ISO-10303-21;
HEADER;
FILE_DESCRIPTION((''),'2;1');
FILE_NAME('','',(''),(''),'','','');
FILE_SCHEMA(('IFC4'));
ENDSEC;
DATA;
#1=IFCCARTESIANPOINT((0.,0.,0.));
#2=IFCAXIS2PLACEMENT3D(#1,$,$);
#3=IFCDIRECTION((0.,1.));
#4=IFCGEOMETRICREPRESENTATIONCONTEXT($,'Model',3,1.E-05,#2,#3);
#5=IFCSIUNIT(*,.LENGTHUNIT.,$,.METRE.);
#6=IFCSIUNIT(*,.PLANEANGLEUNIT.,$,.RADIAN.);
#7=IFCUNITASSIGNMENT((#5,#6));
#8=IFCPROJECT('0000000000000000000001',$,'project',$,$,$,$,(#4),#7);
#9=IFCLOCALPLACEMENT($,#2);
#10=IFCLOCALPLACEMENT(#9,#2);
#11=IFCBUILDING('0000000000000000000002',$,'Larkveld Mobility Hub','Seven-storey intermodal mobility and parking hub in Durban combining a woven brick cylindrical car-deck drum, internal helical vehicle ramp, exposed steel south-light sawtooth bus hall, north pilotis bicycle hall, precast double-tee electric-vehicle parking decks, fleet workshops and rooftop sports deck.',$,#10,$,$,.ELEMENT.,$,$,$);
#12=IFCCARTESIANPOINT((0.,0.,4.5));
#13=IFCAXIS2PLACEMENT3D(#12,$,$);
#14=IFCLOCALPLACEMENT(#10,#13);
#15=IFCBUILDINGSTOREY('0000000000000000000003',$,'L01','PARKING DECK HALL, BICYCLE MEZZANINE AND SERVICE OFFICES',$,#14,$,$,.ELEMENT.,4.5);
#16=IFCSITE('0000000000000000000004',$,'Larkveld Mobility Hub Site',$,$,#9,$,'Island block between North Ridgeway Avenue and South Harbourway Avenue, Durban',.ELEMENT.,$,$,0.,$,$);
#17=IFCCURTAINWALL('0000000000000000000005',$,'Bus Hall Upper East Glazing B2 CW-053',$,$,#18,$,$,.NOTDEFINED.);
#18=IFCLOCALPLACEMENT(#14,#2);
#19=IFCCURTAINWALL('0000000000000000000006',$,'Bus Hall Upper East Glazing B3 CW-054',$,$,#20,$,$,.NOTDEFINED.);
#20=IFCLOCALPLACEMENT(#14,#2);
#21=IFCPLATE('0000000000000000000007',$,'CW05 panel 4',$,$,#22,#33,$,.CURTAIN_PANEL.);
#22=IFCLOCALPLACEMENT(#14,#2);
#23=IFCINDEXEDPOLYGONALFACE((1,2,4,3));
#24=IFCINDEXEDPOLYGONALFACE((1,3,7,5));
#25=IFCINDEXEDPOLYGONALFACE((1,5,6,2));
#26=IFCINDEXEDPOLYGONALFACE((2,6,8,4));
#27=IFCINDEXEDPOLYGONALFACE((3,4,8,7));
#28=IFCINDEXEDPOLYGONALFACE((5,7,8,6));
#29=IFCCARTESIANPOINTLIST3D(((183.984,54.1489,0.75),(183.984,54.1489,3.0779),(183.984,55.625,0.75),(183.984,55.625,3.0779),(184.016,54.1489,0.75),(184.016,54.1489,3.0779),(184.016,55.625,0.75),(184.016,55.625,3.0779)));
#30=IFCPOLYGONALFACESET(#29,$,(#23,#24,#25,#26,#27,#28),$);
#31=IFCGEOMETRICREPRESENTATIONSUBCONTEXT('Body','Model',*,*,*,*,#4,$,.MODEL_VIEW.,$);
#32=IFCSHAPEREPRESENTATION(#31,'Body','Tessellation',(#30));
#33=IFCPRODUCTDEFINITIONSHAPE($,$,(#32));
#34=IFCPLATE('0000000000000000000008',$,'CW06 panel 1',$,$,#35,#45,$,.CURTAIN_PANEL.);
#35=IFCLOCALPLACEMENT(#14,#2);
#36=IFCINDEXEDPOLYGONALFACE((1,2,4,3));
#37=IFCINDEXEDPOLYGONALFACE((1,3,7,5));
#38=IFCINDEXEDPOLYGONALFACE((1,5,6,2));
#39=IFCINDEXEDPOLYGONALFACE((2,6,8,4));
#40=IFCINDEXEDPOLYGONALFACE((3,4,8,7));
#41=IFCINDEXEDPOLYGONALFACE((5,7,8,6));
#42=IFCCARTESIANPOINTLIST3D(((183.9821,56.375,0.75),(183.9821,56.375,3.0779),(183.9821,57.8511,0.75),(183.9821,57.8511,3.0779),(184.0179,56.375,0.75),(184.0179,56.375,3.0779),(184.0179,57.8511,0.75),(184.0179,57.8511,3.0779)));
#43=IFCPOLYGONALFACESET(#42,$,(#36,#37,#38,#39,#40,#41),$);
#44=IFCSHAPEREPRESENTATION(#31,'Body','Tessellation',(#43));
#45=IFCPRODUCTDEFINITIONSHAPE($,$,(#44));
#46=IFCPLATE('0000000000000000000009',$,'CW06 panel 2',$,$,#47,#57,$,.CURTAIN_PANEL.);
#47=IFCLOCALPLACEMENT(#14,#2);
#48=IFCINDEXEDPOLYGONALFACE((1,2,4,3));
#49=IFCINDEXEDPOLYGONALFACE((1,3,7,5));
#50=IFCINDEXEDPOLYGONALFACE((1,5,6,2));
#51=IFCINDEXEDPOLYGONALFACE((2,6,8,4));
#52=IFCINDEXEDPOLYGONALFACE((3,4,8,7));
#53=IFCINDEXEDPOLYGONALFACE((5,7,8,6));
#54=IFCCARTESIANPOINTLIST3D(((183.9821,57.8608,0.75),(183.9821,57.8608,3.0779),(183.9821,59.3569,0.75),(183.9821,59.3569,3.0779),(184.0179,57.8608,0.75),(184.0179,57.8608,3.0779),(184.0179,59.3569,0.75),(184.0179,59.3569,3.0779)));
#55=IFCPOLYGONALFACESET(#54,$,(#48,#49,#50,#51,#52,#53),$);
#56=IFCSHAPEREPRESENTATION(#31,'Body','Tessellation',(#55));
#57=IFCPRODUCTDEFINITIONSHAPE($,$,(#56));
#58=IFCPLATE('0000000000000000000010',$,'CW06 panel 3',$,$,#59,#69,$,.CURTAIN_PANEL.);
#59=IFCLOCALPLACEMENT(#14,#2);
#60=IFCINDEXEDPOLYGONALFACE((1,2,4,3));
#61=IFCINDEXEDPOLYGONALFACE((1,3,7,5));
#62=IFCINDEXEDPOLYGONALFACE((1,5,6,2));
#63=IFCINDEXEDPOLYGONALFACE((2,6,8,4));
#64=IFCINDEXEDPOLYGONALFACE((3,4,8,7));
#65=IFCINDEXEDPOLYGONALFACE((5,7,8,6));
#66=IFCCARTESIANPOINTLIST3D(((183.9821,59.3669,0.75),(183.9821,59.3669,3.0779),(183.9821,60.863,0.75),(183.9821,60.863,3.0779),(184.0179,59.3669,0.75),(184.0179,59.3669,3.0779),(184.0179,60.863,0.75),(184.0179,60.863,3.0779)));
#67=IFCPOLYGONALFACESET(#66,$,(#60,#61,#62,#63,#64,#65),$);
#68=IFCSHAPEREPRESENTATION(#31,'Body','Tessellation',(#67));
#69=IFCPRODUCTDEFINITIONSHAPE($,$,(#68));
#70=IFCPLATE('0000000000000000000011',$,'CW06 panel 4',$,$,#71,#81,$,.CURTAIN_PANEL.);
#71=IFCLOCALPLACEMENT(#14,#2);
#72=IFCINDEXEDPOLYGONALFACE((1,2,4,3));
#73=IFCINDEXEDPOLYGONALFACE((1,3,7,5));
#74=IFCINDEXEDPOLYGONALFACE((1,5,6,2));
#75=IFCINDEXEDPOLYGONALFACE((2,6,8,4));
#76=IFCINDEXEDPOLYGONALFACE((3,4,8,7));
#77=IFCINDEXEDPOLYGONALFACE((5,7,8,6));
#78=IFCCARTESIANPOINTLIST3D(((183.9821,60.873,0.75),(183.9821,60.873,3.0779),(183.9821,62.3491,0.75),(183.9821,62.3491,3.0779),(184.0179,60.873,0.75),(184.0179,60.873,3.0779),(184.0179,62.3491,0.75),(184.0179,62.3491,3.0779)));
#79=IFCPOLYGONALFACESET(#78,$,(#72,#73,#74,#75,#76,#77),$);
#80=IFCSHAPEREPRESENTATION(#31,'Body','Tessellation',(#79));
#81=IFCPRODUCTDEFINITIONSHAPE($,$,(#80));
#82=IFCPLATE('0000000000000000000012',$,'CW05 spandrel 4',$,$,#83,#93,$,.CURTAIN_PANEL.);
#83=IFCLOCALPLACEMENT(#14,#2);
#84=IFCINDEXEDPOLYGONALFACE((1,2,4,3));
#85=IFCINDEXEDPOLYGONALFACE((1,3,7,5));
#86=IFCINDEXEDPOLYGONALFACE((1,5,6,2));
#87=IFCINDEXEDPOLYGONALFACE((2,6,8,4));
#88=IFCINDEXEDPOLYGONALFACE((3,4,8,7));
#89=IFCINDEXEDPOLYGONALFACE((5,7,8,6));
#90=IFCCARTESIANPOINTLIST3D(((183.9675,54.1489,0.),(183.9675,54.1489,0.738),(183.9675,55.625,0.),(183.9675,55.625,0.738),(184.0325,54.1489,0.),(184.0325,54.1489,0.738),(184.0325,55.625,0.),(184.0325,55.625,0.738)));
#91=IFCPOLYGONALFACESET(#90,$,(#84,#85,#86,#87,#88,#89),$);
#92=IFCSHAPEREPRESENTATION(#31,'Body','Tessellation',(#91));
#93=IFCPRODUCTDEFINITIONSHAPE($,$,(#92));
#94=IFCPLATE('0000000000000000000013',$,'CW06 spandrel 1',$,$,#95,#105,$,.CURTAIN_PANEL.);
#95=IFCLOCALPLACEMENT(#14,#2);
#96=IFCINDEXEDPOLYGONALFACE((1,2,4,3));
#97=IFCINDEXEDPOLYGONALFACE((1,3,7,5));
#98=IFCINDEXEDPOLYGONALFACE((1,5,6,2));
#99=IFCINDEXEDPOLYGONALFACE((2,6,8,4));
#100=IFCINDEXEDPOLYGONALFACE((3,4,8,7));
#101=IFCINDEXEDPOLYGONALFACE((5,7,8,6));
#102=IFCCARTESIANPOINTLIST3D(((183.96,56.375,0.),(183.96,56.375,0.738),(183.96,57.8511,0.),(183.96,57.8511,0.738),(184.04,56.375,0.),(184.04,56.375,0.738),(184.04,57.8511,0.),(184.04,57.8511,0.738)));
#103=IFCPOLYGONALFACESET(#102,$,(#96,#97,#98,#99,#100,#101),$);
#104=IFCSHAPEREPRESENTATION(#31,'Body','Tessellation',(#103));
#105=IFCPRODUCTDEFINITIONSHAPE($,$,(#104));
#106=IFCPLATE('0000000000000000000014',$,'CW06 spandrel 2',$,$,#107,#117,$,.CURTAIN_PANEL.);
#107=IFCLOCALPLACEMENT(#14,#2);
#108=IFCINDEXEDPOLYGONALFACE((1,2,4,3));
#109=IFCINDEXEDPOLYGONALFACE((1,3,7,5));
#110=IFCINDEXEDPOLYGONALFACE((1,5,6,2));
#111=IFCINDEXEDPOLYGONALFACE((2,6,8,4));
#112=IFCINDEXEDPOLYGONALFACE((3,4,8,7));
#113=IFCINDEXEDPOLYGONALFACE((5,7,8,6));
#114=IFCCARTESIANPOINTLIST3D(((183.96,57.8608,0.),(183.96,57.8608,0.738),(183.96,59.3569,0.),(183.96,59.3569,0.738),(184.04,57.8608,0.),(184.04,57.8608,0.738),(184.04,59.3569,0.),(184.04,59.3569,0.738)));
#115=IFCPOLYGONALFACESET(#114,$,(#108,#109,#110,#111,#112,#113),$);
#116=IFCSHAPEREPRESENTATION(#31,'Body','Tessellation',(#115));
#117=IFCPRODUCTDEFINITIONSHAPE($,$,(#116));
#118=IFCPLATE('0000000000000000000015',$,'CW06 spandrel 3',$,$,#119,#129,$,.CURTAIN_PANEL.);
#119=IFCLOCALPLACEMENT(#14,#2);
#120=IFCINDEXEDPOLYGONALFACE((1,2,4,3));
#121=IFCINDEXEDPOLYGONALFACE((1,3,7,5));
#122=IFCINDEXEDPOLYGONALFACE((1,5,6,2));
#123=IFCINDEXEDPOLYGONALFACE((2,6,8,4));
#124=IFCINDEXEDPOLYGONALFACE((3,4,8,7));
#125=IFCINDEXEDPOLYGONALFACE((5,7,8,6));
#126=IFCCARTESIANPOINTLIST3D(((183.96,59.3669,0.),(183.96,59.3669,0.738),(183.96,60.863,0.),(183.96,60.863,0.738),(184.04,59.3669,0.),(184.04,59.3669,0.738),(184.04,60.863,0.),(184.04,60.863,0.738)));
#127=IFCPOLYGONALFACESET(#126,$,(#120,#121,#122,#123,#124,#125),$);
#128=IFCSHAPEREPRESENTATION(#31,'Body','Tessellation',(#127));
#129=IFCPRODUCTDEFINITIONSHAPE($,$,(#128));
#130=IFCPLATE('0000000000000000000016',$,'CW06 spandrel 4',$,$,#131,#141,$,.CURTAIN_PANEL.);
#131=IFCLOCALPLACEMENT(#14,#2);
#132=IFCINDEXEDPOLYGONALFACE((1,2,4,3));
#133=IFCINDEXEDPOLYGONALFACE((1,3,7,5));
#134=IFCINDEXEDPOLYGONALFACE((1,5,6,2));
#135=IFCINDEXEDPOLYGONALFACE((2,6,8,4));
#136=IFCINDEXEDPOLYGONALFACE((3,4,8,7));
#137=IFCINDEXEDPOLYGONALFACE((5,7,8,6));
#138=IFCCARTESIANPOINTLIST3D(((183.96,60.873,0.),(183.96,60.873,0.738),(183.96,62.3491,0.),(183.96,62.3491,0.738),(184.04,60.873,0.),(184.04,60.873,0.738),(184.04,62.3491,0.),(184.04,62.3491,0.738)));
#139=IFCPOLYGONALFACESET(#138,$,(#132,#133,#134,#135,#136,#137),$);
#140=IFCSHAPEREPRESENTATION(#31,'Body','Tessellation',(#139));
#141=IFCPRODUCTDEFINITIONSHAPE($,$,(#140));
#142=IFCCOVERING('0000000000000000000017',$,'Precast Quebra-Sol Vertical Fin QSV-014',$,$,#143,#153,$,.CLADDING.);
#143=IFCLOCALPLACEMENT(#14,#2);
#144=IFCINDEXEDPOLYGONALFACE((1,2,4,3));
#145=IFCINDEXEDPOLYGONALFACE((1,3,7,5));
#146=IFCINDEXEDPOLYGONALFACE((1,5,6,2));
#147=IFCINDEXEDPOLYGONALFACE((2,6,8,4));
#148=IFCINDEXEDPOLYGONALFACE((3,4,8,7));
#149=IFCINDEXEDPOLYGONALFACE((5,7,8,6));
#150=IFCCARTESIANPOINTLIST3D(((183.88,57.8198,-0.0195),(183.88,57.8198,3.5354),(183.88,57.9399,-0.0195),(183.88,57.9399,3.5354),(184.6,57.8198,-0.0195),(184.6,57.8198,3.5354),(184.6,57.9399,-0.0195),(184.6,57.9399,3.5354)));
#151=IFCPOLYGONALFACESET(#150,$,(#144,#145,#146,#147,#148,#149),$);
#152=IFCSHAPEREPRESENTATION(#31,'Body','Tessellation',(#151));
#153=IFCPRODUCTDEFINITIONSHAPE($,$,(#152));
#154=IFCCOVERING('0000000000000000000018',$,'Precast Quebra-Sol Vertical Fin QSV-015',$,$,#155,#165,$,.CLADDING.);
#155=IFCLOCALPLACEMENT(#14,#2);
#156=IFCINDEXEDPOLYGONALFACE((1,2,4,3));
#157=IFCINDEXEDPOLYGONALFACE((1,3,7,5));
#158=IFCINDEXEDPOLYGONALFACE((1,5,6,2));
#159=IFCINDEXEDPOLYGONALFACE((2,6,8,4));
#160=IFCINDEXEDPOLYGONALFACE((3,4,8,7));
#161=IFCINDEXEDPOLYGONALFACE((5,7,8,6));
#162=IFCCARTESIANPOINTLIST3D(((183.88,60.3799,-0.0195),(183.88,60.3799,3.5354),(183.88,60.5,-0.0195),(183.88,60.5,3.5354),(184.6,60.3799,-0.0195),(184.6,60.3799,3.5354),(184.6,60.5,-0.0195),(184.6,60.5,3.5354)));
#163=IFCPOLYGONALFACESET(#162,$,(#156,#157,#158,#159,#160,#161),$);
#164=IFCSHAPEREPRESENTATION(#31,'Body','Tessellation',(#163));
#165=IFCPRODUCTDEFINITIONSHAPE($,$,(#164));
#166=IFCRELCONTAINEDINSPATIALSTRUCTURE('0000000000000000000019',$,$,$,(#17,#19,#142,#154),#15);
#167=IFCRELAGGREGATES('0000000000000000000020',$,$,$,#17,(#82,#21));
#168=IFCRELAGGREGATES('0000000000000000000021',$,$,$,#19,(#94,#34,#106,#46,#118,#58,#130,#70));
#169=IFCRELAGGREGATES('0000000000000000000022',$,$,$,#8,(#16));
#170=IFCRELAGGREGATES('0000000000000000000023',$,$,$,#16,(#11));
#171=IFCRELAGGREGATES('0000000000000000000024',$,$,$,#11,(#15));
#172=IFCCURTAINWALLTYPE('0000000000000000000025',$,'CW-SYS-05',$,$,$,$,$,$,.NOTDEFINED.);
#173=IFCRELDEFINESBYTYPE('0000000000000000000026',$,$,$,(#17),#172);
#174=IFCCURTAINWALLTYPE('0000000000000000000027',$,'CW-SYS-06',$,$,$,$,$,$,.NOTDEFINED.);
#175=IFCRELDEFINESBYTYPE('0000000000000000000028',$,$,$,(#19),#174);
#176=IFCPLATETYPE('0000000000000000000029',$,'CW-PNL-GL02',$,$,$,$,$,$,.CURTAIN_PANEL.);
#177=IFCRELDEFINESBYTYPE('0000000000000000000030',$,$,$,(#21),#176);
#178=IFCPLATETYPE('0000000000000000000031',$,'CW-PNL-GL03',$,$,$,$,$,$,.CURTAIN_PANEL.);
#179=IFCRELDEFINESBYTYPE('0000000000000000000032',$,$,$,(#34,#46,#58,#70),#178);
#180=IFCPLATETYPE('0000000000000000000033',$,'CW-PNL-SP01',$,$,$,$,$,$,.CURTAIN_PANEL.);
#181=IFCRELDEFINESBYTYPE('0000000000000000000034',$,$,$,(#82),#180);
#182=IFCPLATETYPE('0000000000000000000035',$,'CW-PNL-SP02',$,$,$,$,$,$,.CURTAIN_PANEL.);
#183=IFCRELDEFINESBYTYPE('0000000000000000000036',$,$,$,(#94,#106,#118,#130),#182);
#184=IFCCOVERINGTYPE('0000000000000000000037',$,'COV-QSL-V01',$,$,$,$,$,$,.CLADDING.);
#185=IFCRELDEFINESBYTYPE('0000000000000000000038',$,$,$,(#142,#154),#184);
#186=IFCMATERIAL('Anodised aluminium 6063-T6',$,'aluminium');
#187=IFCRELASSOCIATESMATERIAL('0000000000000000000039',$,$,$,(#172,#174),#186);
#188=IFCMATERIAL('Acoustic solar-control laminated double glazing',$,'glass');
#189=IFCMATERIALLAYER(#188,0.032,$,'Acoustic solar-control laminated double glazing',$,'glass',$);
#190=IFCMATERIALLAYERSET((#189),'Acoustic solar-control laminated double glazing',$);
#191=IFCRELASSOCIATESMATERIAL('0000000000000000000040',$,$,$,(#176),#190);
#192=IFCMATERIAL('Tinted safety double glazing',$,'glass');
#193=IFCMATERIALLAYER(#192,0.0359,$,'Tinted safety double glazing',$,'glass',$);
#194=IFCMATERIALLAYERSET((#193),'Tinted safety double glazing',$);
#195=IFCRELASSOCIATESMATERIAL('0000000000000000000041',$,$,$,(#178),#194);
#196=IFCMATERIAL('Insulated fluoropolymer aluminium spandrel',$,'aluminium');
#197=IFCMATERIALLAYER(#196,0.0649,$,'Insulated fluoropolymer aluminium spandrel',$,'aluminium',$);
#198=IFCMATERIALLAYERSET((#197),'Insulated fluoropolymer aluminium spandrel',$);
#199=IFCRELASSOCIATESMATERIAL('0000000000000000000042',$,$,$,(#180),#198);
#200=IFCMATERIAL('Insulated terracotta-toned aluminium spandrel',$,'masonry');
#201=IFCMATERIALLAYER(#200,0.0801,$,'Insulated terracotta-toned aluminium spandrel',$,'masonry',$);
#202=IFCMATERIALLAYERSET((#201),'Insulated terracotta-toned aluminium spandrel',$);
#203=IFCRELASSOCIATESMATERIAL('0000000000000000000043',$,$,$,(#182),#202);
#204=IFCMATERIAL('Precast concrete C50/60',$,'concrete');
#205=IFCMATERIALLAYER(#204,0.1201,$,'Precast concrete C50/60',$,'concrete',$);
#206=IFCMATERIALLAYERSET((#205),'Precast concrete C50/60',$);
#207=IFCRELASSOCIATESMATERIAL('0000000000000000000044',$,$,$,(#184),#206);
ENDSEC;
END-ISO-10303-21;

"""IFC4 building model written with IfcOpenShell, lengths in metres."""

from ifc_helpers import new_model, si_unit, direction, frame, origin, origin_2d, place, context, subcontext, project, spatial, rectangle, extrude, material, layer, layer_set, type_object, element, aggregate, save


model = new_model("IFC4")

# Units and contexts
model_context = context("Model", 3, precision=1e-05, world=origin(), true_north=direction((0.0, 1.0)))
body_context = subcontext(model_context, "Body", "Model", "MODEL_VIEW")
ifc_project = project(units=[si_unit("LENGTHUNIT", "METRE"), si_unit("PLANEANGLEUNIT", "RADIAN")], contexts=[model_context])

# Site, building, storey
site_placement = place(None, origin())
site = spatial("IfcSite", under=ifc_project, at=site_placement, Name="Larkveld Mobility Hub Site", LongName="Island block between North Ridgeway Avenue and South Harbourway Avenue, Durban", CompositionType="ELEMENT", RefElevation=0.0)
building_placement = place(site_placement, origin())
building = spatial("IfcBuilding", under=site, at=building_placement, Name="Larkveld Mobility Hub", Description="Seven-storey intermodal mobility and parking hub in Durban combining a woven brick cylindrical car-deck drum, internal helical vehicle ramp, exposed steel south-light sawtooth bus hall, north pilotis bicycle hall, precast double-tee electric-vehicle parking decks, fleet workshops and rooftop sports deck.", CompositionType="ELEMENT")
storey_placement = place(building_placement, frame((0.0, 0.0, 4.5)))
storey = spatial("IfcBuildingStorey", under=building, at=storey_placement, Name="L01", Description="PARKING DECK HALL, BICYCLE MEZZANINE AND SERVICE OFFICES", CompositionType="ELEMENT", Elevation=4.5)

# Curtain wall
ifc_material_1 = material(Name="Anodised aluminium 6063-T6", Category="aluminium")
curtain_wall_type_1 = type_object("IfcCurtainWallType", Name="CW-SYS-05", PredefinedType="NOTDEFINED", material=ifc_material_1)
curtain_wall_1_placement = place(storey_placement, origin())
curtain_wall_1 = element("IfcCurtainWall", 1, at=curtain_wall_1_placement, inside=storey, type_object=curtain_wall_type_1, Name="Bus Hall Upper East Glazing B2 CW-053", PredefinedType="NOTDEFINED")

# Curtain wall
curtain_wall_type_2 = type_object("IfcCurtainWallType", Name="CW-SYS-06", PredefinedType="NOTDEFINED", material=ifc_material_1)
curtain_wall_2_placement = place(storey_placement, origin())
curtain_wall_2 = element("IfcCurtainWall", 2, at=curtain_wall_2_placement, inside=storey, type_object=curtain_wall_type_2, Name="Bus Hall Upper East Glazing B3 CW-054", PredefinedType="NOTDEFINED")

# Plates
ifc_material_2 = material(Name="Acoustic solar-control laminated double glazing", Category="glass")
ifc_layer_1 = layer(ifc_material_2, 0.032, Name="Acoustic solar-control laminated double glazing", Category="glass")
ifc_layer_set_1 = layer_set([ifc_layer_1], Name="Acoustic solar-control laminated double glazing")
plate_type_1 = type_object("IfcPlateType", Name="CW-PNL-GL02", PredefinedType="CURTAIN_PANEL", material=ifc_layer_set_1)
plate_1_placement = place(storey_placement, frame((184.0, 54.887, 0.75), z_axis=(0.0, 0.0, 1.0), x_axis=(0.0, 1.0, 0.0)))
plate_1 = element("IfcPlate", 3, at=plate_1_placement, type_object=plate_type_1, Name="CW05 panel 4", PredefinedType="CURTAIN_PANEL", context=body_context, shape_type="SweptSolid", body=[
    extrude(rectangle(XDim=1.4761, YDim=0.032, at=origin_2d()), origin(), (0.0, 0.0, 1.0), 2.3279),
])
ifc_material_3 = material(Name="Tinted safety double glazing", Category="glass")
ifc_layer_2 = layer(ifc_material_3, 0.0359, Name="Tinted safety double glazing", Category="glass")
ifc_layer_set_2 = layer_set([ifc_layer_2], Name="Tinted safety double glazing")
plate_type_2 = type_object("IfcPlateType", Name="CW-PNL-GL03", PredefinedType="CURTAIN_PANEL", material=ifc_layer_set_2)
plate_2_placement = place(storey_placement, frame((184.0, 57.113, 0.75), z_axis=(0.0, 0.0, 1.0), x_axis=(0.0, 1.0, 0.0)))
plate_2 = element("IfcPlate", 4, at=plate_2_placement, type_object=plate_type_2, Name="CW06 panel 1", PredefinedType="CURTAIN_PANEL", context=body_context, shape_type="SweptSolid", body=[
    extrude(rectangle(XDim=1.4761, YDim=0.0359, at=origin_2d()), origin(), (0.0, 0.0, 1.0), 2.3279),
])
plate_3_placement = place(storey_placement, frame((184.0, 58.6089, 0.75), z_axis=(0.0, 0.0, 1.0), x_axis=(0.0, 1.0, 0.0)))
plate_3 = element("IfcPlate", 5, at=plate_3_placement, type_object=plate_type_2, Name="CW06 panel 2", PredefinedType="CURTAIN_PANEL", context=body_context, shape_type="SweptSolid", body=[
    extrude(rectangle(XDim=1.4961, YDim=0.0359, at=origin_2d()), origin(), (0.0, 0.0, 1.0), 2.3279),
])
plate_4_placement = place(storey_placement, frame((184.0, 60.115, 0.75), z_axis=(0.0, 0.0, 1.0), x_axis=(0.0, 1.0, 0.0)))
plate_4 = element("IfcPlate", 6, at=plate_4_placement, type_object=plate_type_2, Name="CW06 panel 3", PredefinedType="CURTAIN_PANEL", context=body_context, shape_type="SweptSolid", body=[
    extrude(rectangle(XDim=1.4961, YDim=0.0359, at=origin_2d()), origin(), (0.0, 0.0, 1.0), 2.3279),
])
plate_5_placement = place(storey_placement, frame((184.0, 61.6111, 0.75), z_axis=(0.0, 0.0, 1.0), x_axis=(0.0, 1.0, 0.0)))
plate_5 = element("IfcPlate", 7, at=plate_5_placement, type_object=plate_type_2, Name="CW06 panel 4", PredefinedType="CURTAIN_PANEL", context=body_context, shape_type="SweptSolid", body=[
    extrude(rectangle(XDim=1.4761, YDim=0.0359, at=origin_2d()), origin(), (0.0, 0.0, 1.0), 2.3279),
])
ifc_material_4 = material(Name="Insulated fluoropolymer aluminium spandrel", Category="aluminium")
ifc_layer_3 = layer(ifc_material_4, 0.0649, Name="Insulated fluoropolymer aluminium spandrel", Category="aluminium")
ifc_layer_set_3 = layer_set([ifc_layer_3], Name="Insulated fluoropolymer aluminium spandrel")
plate_type_3 = type_object("IfcPlateType", Name="CW-PNL-SP01", PredefinedType="CURTAIN_PANEL", material=ifc_layer_set_3)
plate_6_placement = place(storey_placement, frame((184.0, 54.887, 0.0), z_axis=(0.0, 0.0, 1.0), x_axis=(0.0, 1.0, 0.0)))
plate_6 = element("IfcPlate", 8, at=plate_6_placement, type_object=plate_type_3, Name="CW05 spandrel 4", PredefinedType="CURTAIN_PANEL", context=body_context, shape_type="SweptSolid", body=[
    extrude(rectangle(XDim=1.4761, YDim=0.0649, at=origin_2d()), origin(), (0.0, 0.0, 1.0), 0.738),
])
aggregate(curtain_wall_1, [plate_6, plate_1])
ifc_material_5 = material(Name="Insulated terracotta-toned aluminium spandrel", Category="masonry")
ifc_layer_4 = layer(ifc_material_5, 0.0801, Name="Insulated terracotta-toned aluminium spandrel", Category="masonry")
ifc_layer_set_4 = layer_set([ifc_layer_4], Name="Insulated terracotta-toned aluminium spandrel")
plate_type_4 = type_object("IfcPlateType", Name="CW-PNL-SP02", PredefinedType="CURTAIN_PANEL", material=ifc_layer_set_4)
plate_7_placement = place(storey_placement, frame((184.0, 57.113, 0.0), z_axis=(0.0, 0.0, 1.0), x_axis=(0.0, 1.0, 0.0)))
plate_7 = element("IfcPlate", 9, at=plate_7_placement, type_object=plate_type_4, Name="CW06 spandrel 1", PredefinedType="CURTAIN_PANEL", context=body_context, shape_type="SweptSolid", body=[
    extrude(rectangle(XDim=1.4761, YDim=0.0801, at=origin_2d()), origin(), (0.0, 0.0, 1.0), 0.738),
])
plate_8_placement = place(storey_placement, frame((184.0, 58.6089, 0.0), z_axis=(0.0, 0.0, 1.0), x_axis=(0.0, 1.0, 0.0)))
plate_8 = element("IfcPlate", 10, at=plate_8_placement, type_object=plate_type_4, Name="CW06 spandrel 2", PredefinedType="CURTAIN_PANEL", context=body_context, shape_type="SweptSolid", body=[
    extrude(rectangle(XDim=1.4961, YDim=0.0801, at=origin_2d()), origin(), (0.0, 0.0, 1.0), 0.738),
])
plate_9_placement = place(storey_placement, frame((184.0, 60.115, 0.0), z_axis=(0.0, 0.0, 1.0), x_axis=(0.0, 1.0, 0.0)))
plate_9 = element("IfcPlate", 11, at=plate_9_placement, type_object=plate_type_4, Name="CW06 spandrel 3", PredefinedType="CURTAIN_PANEL", context=body_context, shape_type="SweptSolid", body=[
    extrude(rectangle(XDim=1.4961, YDim=0.0801, at=origin_2d()), origin(), (0.0, 0.0, 1.0), 0.738),
])
plate_10_placement = place(storey_placement, frame((184.0, 61.6111, 0.0), z_axis=(0.0, 0.0, 1.0), x_axis=(0.0, 1.0, 0.0)))
plate_10 = element("IfcPlate", 12, at=plate_10_placement, type_object=plate_type_4, Name="CW06 spandrel 4", PredefinedType="CURTAIN_PANEL", context=body_context, shape_type="SweptSolid", body=[
    extrude(rectangle(XDim=1.4761, YDim=0.0801, at=origin_2d()), origin(), (0.0, 0.0, 1.0), 0.738),
])
aggregate(curtain_wall_2, [plate_7, plate_2, plate_8, plate_3, plate_9, plate_4, plate_10, plate_5])

# Coverings
ifc_material_6 = material(Name="Precast concrete C50/60", Category="concrete")
ifc_layer_5 = layer(ifc_material_6, 0.1201, Name="Precast concrete C50/60", Category="concrete")
ifc_layer_set_5 = layer_set([ifc_layer_5], Name="Precast concrete C50/60")
covering_type = type_object("IfcCoveringType", Name="COV-QSL-V01", PredefinedType="CLADDING", material=ifc_layer_set_5)
for number, where, z_axis, x_axis, name in (
    (13, (184.24, 57.8799, -0.0195), (0.0, 0.0, 1.0), (0.0, 1.0, 0.0), "Precast Quebra-Sol Vertical Fin QSV-014"),
    (14, (184.24, 60.4399, -0.0195), (0.0, 0.0, 1.0), (0.0, 1.0, 0.0), "Precast Quebra-Sol Vertical Fin QSV-015"),
):
    element("IfcCovering", number, at=place(storey_placement, frame(where, z_axis=z_axis, x_axis=x_axis)), inside=storey, type_object=covering_type, Name=name, PredefinedType="CLADDING", context=body_context, shape_type="SweptSolid", body=[
        extrude(rectangle(XDim=0.1201, YDim=0.72, at=origin_2d()), origin(), (0.0, 0.0, 1.0), 3.5549),
    ])

save(model, "model.ifc")
